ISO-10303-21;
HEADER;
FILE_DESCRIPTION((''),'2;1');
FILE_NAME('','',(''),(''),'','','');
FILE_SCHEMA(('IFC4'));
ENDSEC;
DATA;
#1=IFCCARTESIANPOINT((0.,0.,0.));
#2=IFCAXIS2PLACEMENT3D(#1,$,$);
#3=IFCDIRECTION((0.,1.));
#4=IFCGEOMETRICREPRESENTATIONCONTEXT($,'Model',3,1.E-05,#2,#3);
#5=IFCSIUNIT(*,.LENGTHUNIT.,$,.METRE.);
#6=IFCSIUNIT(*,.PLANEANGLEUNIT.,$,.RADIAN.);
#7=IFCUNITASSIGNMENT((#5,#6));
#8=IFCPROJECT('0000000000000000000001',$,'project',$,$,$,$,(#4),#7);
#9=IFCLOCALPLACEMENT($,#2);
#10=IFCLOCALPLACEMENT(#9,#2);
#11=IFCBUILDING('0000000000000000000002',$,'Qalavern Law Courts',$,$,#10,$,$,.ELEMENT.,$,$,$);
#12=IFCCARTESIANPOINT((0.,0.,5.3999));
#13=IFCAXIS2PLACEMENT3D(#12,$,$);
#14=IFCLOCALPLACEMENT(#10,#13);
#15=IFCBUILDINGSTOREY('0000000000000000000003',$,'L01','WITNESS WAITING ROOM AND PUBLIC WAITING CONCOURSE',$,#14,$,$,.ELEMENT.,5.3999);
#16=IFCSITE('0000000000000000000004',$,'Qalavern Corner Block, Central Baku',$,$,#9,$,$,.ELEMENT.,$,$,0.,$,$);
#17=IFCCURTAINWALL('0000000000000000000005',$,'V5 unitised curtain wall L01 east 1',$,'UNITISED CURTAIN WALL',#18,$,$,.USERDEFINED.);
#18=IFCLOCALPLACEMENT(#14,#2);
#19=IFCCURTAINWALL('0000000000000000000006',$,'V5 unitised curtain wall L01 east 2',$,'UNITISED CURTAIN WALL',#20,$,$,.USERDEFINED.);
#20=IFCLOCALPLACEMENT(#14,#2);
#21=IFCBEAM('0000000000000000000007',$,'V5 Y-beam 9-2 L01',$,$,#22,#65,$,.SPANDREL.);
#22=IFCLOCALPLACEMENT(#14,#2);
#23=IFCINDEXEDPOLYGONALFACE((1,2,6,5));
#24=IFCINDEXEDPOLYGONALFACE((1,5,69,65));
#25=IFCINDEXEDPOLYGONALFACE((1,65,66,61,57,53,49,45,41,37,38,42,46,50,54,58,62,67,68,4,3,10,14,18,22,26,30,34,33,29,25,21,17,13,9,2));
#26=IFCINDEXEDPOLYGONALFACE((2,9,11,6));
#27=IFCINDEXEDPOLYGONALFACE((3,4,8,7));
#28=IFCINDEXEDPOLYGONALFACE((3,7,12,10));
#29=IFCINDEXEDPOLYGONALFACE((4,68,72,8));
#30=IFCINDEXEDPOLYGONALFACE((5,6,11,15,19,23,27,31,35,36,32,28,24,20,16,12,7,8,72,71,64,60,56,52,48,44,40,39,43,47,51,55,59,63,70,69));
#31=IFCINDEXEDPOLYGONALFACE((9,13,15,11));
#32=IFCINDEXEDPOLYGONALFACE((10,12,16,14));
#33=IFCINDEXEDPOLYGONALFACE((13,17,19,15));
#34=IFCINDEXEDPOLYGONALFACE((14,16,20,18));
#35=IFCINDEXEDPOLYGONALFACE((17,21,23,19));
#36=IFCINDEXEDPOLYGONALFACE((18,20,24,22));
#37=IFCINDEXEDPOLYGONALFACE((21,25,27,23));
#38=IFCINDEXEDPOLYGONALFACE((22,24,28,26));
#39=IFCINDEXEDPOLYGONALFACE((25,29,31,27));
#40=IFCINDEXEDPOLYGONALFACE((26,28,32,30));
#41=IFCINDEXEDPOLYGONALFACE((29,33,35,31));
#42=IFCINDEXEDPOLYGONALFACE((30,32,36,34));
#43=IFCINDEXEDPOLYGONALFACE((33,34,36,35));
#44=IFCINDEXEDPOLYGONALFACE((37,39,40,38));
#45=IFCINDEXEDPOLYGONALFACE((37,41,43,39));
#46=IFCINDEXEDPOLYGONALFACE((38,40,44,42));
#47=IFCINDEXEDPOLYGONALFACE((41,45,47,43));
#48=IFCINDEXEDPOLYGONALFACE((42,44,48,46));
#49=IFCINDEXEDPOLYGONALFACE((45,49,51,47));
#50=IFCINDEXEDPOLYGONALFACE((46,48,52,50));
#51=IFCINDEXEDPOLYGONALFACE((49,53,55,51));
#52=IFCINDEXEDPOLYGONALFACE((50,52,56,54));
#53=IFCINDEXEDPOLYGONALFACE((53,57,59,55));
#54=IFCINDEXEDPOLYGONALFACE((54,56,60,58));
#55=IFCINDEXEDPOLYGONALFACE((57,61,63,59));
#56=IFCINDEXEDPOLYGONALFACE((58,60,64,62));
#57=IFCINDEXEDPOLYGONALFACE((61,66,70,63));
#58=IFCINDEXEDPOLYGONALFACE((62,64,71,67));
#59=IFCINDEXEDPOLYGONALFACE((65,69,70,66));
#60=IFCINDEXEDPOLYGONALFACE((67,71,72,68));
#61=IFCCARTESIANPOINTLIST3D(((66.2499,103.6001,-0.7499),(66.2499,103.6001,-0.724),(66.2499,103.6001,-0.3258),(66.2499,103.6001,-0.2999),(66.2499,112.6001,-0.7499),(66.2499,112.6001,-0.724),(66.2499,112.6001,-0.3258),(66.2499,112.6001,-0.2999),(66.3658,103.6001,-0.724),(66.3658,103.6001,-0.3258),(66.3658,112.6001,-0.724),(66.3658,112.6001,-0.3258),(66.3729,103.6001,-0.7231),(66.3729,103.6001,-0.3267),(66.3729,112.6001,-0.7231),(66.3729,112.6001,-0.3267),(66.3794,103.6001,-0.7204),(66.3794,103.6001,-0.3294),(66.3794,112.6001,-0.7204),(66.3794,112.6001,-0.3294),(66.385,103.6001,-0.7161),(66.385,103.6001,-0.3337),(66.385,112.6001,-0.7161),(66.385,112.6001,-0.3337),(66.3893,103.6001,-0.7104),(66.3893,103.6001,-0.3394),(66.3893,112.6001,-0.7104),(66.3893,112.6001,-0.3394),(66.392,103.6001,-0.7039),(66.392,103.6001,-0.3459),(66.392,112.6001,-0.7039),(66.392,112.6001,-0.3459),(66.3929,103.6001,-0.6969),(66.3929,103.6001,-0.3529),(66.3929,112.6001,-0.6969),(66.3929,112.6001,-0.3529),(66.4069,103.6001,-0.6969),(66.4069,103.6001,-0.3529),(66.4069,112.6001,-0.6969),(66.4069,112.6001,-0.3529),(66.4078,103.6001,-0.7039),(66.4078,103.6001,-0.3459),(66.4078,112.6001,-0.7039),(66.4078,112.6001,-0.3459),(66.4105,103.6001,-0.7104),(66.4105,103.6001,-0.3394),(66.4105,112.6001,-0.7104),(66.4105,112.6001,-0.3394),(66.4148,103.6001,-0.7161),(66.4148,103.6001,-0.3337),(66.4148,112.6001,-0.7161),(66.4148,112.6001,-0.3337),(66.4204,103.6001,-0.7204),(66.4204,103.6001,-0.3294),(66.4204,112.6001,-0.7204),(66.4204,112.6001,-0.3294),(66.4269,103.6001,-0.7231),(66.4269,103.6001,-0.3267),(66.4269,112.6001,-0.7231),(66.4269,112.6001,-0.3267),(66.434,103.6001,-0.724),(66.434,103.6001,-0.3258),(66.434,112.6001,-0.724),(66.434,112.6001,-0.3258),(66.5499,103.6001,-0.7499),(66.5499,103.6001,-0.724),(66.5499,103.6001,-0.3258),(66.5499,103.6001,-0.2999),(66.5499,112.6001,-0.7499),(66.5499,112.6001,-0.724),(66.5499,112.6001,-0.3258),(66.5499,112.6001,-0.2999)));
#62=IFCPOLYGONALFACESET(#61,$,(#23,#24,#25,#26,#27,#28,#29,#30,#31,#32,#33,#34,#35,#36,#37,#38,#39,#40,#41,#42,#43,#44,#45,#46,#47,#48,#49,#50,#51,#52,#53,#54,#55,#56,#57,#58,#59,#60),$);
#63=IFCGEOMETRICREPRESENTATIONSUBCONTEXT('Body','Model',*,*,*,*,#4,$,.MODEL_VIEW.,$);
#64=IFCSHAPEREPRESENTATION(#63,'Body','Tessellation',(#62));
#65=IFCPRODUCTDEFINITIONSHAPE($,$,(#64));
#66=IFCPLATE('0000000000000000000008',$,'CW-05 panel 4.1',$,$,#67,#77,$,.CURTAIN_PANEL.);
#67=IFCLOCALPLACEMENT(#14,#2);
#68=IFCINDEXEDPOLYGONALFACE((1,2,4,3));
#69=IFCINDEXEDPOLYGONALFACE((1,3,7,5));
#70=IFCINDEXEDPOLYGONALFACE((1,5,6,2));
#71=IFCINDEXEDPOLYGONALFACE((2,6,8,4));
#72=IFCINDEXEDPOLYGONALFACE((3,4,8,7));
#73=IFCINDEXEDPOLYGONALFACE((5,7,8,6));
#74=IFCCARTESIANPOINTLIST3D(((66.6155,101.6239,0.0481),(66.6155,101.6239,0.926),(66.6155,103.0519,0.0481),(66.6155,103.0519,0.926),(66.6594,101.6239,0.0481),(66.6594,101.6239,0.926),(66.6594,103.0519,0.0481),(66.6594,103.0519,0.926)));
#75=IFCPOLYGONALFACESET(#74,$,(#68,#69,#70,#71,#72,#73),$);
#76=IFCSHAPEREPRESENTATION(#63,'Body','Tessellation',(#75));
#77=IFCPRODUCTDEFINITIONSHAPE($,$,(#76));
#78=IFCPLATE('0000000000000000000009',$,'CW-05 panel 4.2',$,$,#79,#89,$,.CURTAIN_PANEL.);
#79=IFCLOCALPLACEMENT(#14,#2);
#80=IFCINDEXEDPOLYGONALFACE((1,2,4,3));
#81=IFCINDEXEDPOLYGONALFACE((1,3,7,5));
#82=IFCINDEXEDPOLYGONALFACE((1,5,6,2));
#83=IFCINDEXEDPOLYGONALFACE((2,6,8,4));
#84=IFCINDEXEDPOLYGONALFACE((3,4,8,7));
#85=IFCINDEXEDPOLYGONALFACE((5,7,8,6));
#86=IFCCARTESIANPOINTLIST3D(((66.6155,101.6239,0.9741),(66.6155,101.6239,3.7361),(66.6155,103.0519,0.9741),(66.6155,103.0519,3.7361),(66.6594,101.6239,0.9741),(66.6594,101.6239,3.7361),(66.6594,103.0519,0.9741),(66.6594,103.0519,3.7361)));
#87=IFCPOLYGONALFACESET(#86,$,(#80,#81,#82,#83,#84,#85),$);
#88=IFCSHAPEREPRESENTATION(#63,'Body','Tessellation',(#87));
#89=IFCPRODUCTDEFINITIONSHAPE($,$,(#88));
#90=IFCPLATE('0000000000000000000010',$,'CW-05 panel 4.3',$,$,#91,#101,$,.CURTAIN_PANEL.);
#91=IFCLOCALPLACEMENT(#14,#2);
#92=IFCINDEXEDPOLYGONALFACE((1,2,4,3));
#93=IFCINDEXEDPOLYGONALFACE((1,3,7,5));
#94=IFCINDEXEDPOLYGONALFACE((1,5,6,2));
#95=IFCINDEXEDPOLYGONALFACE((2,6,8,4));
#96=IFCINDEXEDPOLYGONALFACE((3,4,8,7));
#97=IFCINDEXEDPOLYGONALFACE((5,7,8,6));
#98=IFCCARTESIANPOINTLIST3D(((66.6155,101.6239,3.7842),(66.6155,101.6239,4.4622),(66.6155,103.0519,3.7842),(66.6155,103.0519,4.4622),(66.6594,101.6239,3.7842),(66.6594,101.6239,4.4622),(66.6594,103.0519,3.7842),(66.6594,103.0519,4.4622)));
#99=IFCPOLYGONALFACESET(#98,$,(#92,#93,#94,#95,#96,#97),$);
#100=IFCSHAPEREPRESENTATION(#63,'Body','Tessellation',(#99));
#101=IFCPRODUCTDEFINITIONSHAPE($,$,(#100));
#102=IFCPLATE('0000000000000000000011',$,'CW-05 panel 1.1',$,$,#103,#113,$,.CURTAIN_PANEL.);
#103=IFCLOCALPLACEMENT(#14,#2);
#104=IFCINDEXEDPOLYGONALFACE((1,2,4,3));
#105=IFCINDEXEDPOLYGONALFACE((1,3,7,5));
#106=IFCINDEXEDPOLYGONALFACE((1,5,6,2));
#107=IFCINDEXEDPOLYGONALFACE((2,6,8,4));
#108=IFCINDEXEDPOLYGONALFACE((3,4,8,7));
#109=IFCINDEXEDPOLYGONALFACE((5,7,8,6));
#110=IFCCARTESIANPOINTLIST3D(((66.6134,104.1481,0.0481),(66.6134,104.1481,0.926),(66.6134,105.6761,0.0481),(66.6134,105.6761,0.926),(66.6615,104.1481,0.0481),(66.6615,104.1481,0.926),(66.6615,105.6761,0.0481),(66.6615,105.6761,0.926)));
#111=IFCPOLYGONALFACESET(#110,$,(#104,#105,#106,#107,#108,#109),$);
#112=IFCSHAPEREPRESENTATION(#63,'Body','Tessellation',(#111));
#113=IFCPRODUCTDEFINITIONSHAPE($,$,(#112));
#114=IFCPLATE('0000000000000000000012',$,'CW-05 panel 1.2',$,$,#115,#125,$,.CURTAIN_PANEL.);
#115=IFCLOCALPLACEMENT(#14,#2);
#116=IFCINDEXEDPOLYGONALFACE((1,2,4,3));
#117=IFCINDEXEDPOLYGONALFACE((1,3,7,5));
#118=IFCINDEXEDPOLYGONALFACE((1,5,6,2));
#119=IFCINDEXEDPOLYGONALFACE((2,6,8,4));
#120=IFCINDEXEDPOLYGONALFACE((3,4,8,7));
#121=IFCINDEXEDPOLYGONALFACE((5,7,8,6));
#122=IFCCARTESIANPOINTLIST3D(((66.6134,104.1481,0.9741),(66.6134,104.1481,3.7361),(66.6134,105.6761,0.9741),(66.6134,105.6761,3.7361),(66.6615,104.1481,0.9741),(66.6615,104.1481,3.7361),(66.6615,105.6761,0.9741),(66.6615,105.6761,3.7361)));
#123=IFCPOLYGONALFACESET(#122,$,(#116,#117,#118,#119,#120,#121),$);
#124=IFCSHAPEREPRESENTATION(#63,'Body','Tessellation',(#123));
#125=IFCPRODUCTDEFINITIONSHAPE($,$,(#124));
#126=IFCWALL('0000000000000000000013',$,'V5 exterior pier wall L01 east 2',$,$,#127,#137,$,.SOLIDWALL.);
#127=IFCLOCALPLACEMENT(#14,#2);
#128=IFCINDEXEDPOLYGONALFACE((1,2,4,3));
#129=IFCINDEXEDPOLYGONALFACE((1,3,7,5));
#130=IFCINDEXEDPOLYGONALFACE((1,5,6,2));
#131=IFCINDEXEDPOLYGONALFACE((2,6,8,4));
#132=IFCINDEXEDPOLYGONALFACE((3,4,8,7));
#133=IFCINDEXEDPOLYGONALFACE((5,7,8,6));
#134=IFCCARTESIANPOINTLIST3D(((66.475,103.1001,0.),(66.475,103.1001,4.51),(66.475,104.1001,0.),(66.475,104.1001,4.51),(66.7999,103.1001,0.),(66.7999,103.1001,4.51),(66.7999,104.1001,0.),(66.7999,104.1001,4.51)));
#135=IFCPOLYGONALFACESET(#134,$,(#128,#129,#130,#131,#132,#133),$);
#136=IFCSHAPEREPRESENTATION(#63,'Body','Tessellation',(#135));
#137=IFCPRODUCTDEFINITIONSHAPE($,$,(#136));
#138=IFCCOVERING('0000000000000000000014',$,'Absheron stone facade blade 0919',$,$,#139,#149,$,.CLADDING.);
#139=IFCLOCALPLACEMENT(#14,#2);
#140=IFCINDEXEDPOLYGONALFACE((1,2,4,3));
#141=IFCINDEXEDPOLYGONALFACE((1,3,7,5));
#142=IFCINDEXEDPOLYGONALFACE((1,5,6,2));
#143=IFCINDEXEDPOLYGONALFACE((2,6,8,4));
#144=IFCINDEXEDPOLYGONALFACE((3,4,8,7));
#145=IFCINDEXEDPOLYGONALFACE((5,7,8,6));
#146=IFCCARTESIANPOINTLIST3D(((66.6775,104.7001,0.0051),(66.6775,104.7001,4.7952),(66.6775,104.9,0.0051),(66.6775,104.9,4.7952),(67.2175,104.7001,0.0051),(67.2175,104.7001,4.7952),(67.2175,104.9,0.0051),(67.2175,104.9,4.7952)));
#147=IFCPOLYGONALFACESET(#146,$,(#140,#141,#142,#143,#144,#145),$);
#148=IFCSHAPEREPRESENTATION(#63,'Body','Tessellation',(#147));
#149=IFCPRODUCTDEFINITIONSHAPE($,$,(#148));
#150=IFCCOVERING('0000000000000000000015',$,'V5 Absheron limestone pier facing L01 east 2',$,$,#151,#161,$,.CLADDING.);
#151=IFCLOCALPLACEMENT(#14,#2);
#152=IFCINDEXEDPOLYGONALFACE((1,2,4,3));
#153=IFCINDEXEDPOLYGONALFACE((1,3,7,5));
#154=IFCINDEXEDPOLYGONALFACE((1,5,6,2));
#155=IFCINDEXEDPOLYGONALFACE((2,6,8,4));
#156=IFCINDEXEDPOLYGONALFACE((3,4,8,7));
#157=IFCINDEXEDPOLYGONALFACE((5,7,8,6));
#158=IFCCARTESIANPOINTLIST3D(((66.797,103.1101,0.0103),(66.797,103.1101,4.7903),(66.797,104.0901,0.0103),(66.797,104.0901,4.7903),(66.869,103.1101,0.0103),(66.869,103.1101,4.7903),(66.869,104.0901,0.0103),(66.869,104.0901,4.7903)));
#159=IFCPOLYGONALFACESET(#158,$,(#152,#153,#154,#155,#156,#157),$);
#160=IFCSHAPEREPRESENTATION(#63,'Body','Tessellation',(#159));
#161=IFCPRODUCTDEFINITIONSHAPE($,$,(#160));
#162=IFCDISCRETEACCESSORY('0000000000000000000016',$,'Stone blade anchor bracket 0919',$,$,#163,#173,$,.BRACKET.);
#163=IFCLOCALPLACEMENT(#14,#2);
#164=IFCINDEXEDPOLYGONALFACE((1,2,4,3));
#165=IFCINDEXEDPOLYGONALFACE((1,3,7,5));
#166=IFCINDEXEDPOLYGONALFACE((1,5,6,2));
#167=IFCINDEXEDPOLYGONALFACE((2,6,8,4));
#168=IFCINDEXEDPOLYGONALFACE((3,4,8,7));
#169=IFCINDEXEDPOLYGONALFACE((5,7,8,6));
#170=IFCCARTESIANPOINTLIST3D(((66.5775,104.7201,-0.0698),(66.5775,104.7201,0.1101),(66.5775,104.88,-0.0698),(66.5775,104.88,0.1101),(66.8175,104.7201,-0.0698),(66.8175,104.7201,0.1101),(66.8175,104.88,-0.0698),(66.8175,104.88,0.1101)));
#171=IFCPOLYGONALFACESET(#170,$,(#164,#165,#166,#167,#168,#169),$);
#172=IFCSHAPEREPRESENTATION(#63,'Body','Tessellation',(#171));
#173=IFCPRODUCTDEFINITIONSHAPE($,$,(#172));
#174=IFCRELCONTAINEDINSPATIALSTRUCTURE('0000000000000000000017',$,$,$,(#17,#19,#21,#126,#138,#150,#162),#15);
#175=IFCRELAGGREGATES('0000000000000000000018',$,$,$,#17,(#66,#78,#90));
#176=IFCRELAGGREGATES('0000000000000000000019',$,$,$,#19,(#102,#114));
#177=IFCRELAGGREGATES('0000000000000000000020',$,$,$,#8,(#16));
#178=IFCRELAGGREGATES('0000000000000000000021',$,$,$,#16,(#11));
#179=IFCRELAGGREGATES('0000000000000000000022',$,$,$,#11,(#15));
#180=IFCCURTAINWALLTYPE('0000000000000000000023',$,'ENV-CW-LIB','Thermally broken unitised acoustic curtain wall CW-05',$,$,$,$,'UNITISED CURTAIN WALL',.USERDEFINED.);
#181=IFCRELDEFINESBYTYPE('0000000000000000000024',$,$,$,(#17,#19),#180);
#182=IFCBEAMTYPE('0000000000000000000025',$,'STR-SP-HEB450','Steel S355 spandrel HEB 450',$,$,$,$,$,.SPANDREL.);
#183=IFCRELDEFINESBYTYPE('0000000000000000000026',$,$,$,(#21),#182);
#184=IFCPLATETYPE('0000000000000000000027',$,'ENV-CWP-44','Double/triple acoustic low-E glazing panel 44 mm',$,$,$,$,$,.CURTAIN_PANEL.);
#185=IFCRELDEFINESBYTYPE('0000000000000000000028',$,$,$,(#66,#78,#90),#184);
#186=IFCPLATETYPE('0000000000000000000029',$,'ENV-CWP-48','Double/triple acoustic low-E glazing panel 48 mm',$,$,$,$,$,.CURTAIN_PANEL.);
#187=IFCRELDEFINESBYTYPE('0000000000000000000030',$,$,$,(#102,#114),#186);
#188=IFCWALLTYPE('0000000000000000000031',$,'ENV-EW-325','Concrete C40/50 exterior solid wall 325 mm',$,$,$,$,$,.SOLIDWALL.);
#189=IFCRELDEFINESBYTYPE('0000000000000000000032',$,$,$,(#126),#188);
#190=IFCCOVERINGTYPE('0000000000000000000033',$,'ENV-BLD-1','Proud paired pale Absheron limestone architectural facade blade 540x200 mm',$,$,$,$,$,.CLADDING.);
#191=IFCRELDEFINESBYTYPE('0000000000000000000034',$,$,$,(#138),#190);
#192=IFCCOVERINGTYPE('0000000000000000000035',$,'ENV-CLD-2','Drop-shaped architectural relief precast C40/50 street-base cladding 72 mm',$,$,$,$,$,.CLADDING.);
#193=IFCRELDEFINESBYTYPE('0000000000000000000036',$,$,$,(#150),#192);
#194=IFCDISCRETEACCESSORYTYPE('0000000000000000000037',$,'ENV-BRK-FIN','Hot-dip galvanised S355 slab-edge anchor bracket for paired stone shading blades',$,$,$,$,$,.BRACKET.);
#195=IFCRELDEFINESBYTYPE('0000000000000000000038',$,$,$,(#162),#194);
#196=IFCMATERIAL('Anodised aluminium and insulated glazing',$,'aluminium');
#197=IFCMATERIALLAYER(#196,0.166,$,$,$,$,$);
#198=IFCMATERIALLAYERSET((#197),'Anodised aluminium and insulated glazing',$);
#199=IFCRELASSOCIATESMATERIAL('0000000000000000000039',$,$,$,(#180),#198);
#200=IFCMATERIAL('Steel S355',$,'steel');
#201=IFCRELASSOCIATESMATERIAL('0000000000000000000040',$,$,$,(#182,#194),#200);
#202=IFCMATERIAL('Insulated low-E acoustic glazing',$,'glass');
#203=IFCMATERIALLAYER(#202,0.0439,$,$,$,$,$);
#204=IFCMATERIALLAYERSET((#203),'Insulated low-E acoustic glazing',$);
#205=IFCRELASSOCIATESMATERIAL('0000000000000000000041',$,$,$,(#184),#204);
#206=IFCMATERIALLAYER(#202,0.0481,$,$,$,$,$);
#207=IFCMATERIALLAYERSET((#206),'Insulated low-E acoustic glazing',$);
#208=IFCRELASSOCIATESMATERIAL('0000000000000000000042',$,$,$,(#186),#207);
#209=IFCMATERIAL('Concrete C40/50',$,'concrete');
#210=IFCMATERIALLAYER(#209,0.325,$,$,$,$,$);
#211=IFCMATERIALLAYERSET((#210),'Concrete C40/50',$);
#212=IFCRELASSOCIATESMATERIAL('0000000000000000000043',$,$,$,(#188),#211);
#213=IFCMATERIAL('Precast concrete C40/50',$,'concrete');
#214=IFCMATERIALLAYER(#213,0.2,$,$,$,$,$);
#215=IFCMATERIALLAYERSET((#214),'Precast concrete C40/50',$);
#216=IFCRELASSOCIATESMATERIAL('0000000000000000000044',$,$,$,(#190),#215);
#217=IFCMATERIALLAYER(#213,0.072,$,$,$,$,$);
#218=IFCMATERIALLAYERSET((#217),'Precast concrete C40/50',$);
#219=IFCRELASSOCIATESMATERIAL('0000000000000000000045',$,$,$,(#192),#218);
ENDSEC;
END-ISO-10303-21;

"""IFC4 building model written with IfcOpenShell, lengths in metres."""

from ifc_helpers import new_model, si_unit, direction, frame, frame_2d, origin, origin_2d, place, context, subcontext, project, spatial, rectangle, i_section, extrude, material, layer, layer_set, material_profile, profile_set, type_object, element, aggregate, save


model = new_model("IFC4")

# Units and contexts
model_context = context("Model", 3, precision=1e-05, world=origin(), true_north=direction((0.0, 1.0)))
body_context = subcontext(model_context, "Body", "Model", "MODEL_VIEW")
ifc_project = project(units=[si_unit("LENGTHUNIT", "METRE"), si_unit("PLANEANGLEUNIT", "RADIAN")], contexts=[model_context])

# Site, building, storey
site_placement = place(None, origin())
site = spatial("IfcSite", under=ifc_project, at=site_placement, Name="Qalavern Corner Block, Central Baku", CompositionType="ELEMENT", RefElevation=0.0)
building_placement = place(site_placement, origin())
building = spatial("IfcBuilding", under=site, at=building_placement, Name="Qalavern Law Courts", CompositionType="ELEMENT")
storey_placement = place(building_placement, frame((0.0, 0.0, 5.3999)))
storey = spatial("IfcBuildingStorey", under=building, at=storey_placement, Name="L01", Description="WITNESS WAITING ROOM AND PUBLIC WAITING CONCOURSE", CompositionType="ELEMENT", Elevation=5.3999)

# Curtain walls
ifc_material_1 = material(Name="Anodised aluminium and insulated glazing", Category="aluminium")
ifc_layer_1 = layer(ifc_material_1, 0.166)
ifc_layer_set_1 = layer_set([ifc_layer_1], Name="Anodised aluminium and insulated glazing")
curtain_wall_type = type_object("IfcCurtainWallType", Name="ENV-CW-LIB", Description="Thermally broken unitised acoustic curtain wall CW-05", ElementType="UNITISED CURTAIN WALL", PredefinedType="USERDEFINED", material=ifc_layer_set_1)
curtain_wall_1_placement = place(storey_placement, origin())
curtain_wall_1 = element("IfcCurtainWall", 1, at=curtain_wall_1_placement, inside=storey, type_object=curtain_wall_type, Name="V5 unitised curtain wall L01 east 1", ObjectType="UNITISED CURTAIN WALL", PredefinedType="USERDEFINED")
curtain_wall_2_placement = place(storey_placement, origin())
curtain_wall_2 = element("IfcCurtainWall", 2, at=curtain_wall_2_placement, inside=storey, type_object=curtain_wall_type, Name="V5 unitised curtain wall L01 east 2", ObjectType="UNITISED CURTAIN WALL", PredefinedType="USERDEFINED")

# Beam
ifc_material_2 = material(Name="Steel S355", Category="steel")
ifc_material_profile_1 = material_profile(ifc_material_2, i_section(OverallWidth=0.3, OverallDepth=0.45, WebThickness=0.0139, FlangeThickness=0.0259, FilletRadius=0.0271, at=origin_2d()), Name="HEB 450")
ifc_profile_set_1 = profile_set([ifc_material_profile_1], Name="Steel S355")
beam_type = type_object("IfcBeamType", Name="STR-SP-HEB450", Description="Steel S355 spandrel HEB 450", PredefinedType="SPANDREL", material=ifc_profile_set_1)
beam_placement = place(storey_placement, frame((66.3999, 103.6001, -0.5249), z_axis=(0.0, 1.0, 0.0), x_axis=(-1.0, 0.0, 0.0)))
element("IfcBeam", 3, at=beam_placement, inside=storey, type_object=beam_type, Name="V5 Y-beam 9-2 L01", PredefinedType="SPANDREL", context=body_context, shape_type="SweptSolid", body=[
    extrude(i_section(OverallWidth=0.3, OverallDepth=0.45, WebThickness=0.0139, FlangeThickness=0.0259, FilletRadius=0.0271, at=origin_2d()), origin(), (0.0, 0.0, 1.0), 9.0),
])

# Plates
ifc_material_3 = material(Name="Insulated low-E acoustic glazing", Category="glass")
ifc_layer_2 = layer(ifc_material_3, 0.0439)
ifc_layer_set_2 = layer_set([ifc_layer_2], Name="Insulated low-E acoustic glazing")
plate_type_1 = type_object("IfcPlateType", Name="ENV-CWP-44", Description="Double/triple acoustic low-E glazing panel 44 mm", PredefinedType="CURTAIN_PANEL", material=ifc_layer_set_2)
plate_1_placement = place(storey_placement, frame((66.6375, 102.3379, 0.0481), z_axis=(0.0, 0.0, 1.0), x_axis=(0.0, 1.0, 0.0)))
plate_1 = element("IfcPlate", 4, at=plate_1_placement, type_object=plate_type_1, Name="CW-05 panel 4.1", PredefinedType="CURTAIN_PANEL", context=body_context, shape_type="SweptSolid", body=[
    extrude(rectangle(XDim=1.428, YDim=0.0439, at=origin_2d()), origin(), (0.0, 0.0, 1.0), 0.8779),
])
plate_2_placement = place(storey_placement, frame((66.6375, 102.3379, 0.9741), z_axis=(0.0, 0.0, 1.0), x_axis=(0.0, 1.0, 0.0)))
plate_2 = element("IfcPlate", 5, at=plate_2_placement, type_object=plate_type_1, Name="CW-05 panel 4.2", PredefinedType="CURTAIN_PANEL", context=body_context, shape_type="SweptSolid", body=[
    extrude(rectangle(XDim=1.428, YDim=0.0439, at=origin_2d()), origin(), (0.0, 0.0, 1.0), 2.762),
])
plate_3_placement = place(storey_placement, frame((66.6375, 102.3379, 3.7842), z_axis=(0.0, 0.0, 1.0), x_axis=(0.0, 1.0, 0.0)))
plate_3 = element("IfcPlate", 6, at=plate_3_placement, type_object=plate_type_1, Name="CW-05 panel 4.3", PredefinedType="CURTAIN_PANEL", context=body_context, shape_type="SweptSolid", body=[
    extrude(rectangle(XDim=1.428, YDim=0.0439, at=origin_2d()), origin(), (0.0, 0.0, 1.0), 0.678),
])
aggregate(curtain_wall_1, [plate_1, plate_2, plate_3])
ifc_layer_3 = layer(ifc_material_3, 0.0481)
ifc_layer_set_3 = layer_set([ifc_layer_3], Name="Insulated low-E acoustic glazing")
plate_type_2 = type_object("IfcPlateType", Name="ENV-CWP-48", Description="Double/triple acoustic low-E glazing panel 48 mm", PredefinedType="CURTAIN_PANEL", material=ifc_layer_set_3)
plate_4_placement = place(storey_placement, frame((66.6375, 104.9121, 0.0481), z_axis=(0.0, 0.0, 1.0), x_axis=(0.0, 1.0, 0.0)))
plate_4 = element("IfcPlate", 7, at=plate_4_placement, type_object=plate_type_2, Name="CW-05 panel 1.1", PredefinedType="CURTAIN_PANEL", context=body_context, shape_type="SweptSolid", body=[
    extrude(rectangle(XDim=1.5281, YDim=0.0481, at=origin_2d()), origin(), (0.0, 0.0, 1.0), 0.8779),
])
plate_5_placement = place(storey_placement, frame((66.6375, 104.9121, 0.9741), z_axis=(0.0, 0.0, 1.0), x_axis=(0.0, 1.0, 0.0)))
plate_5 = element("IfcPlate", 8, at=plate_5_placement, type_object=plate_type_2, Name="CW-05 panel 1.2", PredefinedType="CURTAIN_PANEL", context=body_context, shape_type="SweptSolid", body=[
    extrude(rectangle(XDim=1.5281, YDim=0.0481, at=origin_2d()), origin(), (0.0, 0.0, 1.0), 2.762),
])
aggregate(curtain_wall_2, [plate_4, plate_5])

# Wall
ifc_material_4 = material(Name="Concrete C40/50", Category="concrete")
ifc_layer_4 = layer(ifc_material_4, 0.325)
ifc_layer_set_4 = layer_set([ifc_layer_4], Name="Concrete C40/50")
wall_type = type_object("IfcWallType", Name="ENV-EW-325", Description="Concrete C40/50 exterior solid wall 325 mm", PredefinedType="SOLIDWALL", material=ifc_layer_set_4)
wall_placement = place(storey_placement, frame((66.6375, 103.1001, 0.0), z_axis=(0.0, 0.0, 1.0), x_axis=(0.0, 1.0, 0.0)))
element("IfcWall", 9, at=wall_placement, inside=storey, type_object=wall_type, Name="V5 exterior pier wall L01 east 2", PredefinedType="SOLIDWALL", context=body_context, shape_type="SweptSolid", body=[
    extrude(rectangle(XDim=1.0, YDim=0.325, at=frame_2d((0.5, 0.0))), origin(), (0.0, 0.0, 1.0), 4.51),
])

# Coverings
ifc_material_5 = material(Name="Precast concrete C40/50", Category="concrete")
ifc_layer_5 = layer(ifc_material_5, 0.2)
ifc_layer_set_5 = layer_set([ifc_layer_5], Name="Precast concrete C40/50")
covering_type_1 = type_object("IfcCoveringType", Name="ENV-BLD-1", Description="Proud paired pale Absheron limestone architectural facade blade 540x200 mm", PredefinedType="CLADDING", material=ifc_layer_set_5)
covering_1_placement = place(storey_placement, frame((66.9475, 104.8, 0.0051), z_axis=(0.0, 0.0, 1.0), x_axis=(1.0, 0.0, 0.0)))
element("IfcCovering", 10, at=covering_1_placement, inside=storey, type_object=covering_type_1, Name="Absheron stone facade blade 0919", PredefinedType="CLADDING", context=body_context, shape_type="SweptSolid", body=[
    extrude(rectangle(XDim=0.54, YDim=0.2, at=origin_2d()), origin(), (0.0, 0.0, 1.0), 4.79),
])
ifc_layer_6 = layer(ifc_material_5, 0.072)
ifc_layer_set_6 = layer_set([ifc_layer_6], Name="Precast concrete C40/50")
covering_type_2 = type_object("IfcCoveringType", Name="ENV-CLD-2", Description="Drop-shaped architectural relief precast C40/50 street-base cladding 72 mm", PredefinedType="CLADDING", material=ifc_layer_set_6)
covering_2_placement = place(storey_placement, frame((66.833, 103.6001, 0.0103), z_axis=(0.0, 0.0, 1.0), x_axis=(0.0, 1.0, 0.0)))
element("IfcCovering", 11, at=covering_2_placement, inside=storey, type_object=covering_type_2, Name="V5 Absheron limestone pier facing L01 east 2", PredefinedType="CLADDING", context=body_context, shape_type="SweptSolid", body=[
    extrude(rectangle(XDim=0.98, YDim=0.072, at=origin_2d()), origin(), (0.0, 0.0, 1.0), 4.78),
])

# Discrete accessory
discrete_accessory_type = type_object("IfcDiscreteAccessoryType", Name="ENV-BRK-FIN", Description="Hot-dip galvanised S355 slab-edge anchor bracket for paired stone shading blades", PredefinedType="BRACKET", material=ifc_material_2)
discrete_accessory_placement = place(storey_placement, frame((66.6975, 104.8, -0.0698), z_axis=(0.0, 0.0, 1.0), x_axis=(1.0, 0.0, 0.0)))
element("IfcDiscreteAccessory", 12, at=discrete_accessory_placement, inside=storey, type_object=discrete_accessory_type, Name="Stone blade anchor bracket 0919", PredefinedType="BRACKET", context=body_context, shape_type="SweptSolid", body=[
    extrude(rectangle(XDim=0.24, YDim=0.1599, at=origin_2d()), origin(), (0.0, 0.0, 1.0), 0.1799),
])

save(model, "model.ifc")
